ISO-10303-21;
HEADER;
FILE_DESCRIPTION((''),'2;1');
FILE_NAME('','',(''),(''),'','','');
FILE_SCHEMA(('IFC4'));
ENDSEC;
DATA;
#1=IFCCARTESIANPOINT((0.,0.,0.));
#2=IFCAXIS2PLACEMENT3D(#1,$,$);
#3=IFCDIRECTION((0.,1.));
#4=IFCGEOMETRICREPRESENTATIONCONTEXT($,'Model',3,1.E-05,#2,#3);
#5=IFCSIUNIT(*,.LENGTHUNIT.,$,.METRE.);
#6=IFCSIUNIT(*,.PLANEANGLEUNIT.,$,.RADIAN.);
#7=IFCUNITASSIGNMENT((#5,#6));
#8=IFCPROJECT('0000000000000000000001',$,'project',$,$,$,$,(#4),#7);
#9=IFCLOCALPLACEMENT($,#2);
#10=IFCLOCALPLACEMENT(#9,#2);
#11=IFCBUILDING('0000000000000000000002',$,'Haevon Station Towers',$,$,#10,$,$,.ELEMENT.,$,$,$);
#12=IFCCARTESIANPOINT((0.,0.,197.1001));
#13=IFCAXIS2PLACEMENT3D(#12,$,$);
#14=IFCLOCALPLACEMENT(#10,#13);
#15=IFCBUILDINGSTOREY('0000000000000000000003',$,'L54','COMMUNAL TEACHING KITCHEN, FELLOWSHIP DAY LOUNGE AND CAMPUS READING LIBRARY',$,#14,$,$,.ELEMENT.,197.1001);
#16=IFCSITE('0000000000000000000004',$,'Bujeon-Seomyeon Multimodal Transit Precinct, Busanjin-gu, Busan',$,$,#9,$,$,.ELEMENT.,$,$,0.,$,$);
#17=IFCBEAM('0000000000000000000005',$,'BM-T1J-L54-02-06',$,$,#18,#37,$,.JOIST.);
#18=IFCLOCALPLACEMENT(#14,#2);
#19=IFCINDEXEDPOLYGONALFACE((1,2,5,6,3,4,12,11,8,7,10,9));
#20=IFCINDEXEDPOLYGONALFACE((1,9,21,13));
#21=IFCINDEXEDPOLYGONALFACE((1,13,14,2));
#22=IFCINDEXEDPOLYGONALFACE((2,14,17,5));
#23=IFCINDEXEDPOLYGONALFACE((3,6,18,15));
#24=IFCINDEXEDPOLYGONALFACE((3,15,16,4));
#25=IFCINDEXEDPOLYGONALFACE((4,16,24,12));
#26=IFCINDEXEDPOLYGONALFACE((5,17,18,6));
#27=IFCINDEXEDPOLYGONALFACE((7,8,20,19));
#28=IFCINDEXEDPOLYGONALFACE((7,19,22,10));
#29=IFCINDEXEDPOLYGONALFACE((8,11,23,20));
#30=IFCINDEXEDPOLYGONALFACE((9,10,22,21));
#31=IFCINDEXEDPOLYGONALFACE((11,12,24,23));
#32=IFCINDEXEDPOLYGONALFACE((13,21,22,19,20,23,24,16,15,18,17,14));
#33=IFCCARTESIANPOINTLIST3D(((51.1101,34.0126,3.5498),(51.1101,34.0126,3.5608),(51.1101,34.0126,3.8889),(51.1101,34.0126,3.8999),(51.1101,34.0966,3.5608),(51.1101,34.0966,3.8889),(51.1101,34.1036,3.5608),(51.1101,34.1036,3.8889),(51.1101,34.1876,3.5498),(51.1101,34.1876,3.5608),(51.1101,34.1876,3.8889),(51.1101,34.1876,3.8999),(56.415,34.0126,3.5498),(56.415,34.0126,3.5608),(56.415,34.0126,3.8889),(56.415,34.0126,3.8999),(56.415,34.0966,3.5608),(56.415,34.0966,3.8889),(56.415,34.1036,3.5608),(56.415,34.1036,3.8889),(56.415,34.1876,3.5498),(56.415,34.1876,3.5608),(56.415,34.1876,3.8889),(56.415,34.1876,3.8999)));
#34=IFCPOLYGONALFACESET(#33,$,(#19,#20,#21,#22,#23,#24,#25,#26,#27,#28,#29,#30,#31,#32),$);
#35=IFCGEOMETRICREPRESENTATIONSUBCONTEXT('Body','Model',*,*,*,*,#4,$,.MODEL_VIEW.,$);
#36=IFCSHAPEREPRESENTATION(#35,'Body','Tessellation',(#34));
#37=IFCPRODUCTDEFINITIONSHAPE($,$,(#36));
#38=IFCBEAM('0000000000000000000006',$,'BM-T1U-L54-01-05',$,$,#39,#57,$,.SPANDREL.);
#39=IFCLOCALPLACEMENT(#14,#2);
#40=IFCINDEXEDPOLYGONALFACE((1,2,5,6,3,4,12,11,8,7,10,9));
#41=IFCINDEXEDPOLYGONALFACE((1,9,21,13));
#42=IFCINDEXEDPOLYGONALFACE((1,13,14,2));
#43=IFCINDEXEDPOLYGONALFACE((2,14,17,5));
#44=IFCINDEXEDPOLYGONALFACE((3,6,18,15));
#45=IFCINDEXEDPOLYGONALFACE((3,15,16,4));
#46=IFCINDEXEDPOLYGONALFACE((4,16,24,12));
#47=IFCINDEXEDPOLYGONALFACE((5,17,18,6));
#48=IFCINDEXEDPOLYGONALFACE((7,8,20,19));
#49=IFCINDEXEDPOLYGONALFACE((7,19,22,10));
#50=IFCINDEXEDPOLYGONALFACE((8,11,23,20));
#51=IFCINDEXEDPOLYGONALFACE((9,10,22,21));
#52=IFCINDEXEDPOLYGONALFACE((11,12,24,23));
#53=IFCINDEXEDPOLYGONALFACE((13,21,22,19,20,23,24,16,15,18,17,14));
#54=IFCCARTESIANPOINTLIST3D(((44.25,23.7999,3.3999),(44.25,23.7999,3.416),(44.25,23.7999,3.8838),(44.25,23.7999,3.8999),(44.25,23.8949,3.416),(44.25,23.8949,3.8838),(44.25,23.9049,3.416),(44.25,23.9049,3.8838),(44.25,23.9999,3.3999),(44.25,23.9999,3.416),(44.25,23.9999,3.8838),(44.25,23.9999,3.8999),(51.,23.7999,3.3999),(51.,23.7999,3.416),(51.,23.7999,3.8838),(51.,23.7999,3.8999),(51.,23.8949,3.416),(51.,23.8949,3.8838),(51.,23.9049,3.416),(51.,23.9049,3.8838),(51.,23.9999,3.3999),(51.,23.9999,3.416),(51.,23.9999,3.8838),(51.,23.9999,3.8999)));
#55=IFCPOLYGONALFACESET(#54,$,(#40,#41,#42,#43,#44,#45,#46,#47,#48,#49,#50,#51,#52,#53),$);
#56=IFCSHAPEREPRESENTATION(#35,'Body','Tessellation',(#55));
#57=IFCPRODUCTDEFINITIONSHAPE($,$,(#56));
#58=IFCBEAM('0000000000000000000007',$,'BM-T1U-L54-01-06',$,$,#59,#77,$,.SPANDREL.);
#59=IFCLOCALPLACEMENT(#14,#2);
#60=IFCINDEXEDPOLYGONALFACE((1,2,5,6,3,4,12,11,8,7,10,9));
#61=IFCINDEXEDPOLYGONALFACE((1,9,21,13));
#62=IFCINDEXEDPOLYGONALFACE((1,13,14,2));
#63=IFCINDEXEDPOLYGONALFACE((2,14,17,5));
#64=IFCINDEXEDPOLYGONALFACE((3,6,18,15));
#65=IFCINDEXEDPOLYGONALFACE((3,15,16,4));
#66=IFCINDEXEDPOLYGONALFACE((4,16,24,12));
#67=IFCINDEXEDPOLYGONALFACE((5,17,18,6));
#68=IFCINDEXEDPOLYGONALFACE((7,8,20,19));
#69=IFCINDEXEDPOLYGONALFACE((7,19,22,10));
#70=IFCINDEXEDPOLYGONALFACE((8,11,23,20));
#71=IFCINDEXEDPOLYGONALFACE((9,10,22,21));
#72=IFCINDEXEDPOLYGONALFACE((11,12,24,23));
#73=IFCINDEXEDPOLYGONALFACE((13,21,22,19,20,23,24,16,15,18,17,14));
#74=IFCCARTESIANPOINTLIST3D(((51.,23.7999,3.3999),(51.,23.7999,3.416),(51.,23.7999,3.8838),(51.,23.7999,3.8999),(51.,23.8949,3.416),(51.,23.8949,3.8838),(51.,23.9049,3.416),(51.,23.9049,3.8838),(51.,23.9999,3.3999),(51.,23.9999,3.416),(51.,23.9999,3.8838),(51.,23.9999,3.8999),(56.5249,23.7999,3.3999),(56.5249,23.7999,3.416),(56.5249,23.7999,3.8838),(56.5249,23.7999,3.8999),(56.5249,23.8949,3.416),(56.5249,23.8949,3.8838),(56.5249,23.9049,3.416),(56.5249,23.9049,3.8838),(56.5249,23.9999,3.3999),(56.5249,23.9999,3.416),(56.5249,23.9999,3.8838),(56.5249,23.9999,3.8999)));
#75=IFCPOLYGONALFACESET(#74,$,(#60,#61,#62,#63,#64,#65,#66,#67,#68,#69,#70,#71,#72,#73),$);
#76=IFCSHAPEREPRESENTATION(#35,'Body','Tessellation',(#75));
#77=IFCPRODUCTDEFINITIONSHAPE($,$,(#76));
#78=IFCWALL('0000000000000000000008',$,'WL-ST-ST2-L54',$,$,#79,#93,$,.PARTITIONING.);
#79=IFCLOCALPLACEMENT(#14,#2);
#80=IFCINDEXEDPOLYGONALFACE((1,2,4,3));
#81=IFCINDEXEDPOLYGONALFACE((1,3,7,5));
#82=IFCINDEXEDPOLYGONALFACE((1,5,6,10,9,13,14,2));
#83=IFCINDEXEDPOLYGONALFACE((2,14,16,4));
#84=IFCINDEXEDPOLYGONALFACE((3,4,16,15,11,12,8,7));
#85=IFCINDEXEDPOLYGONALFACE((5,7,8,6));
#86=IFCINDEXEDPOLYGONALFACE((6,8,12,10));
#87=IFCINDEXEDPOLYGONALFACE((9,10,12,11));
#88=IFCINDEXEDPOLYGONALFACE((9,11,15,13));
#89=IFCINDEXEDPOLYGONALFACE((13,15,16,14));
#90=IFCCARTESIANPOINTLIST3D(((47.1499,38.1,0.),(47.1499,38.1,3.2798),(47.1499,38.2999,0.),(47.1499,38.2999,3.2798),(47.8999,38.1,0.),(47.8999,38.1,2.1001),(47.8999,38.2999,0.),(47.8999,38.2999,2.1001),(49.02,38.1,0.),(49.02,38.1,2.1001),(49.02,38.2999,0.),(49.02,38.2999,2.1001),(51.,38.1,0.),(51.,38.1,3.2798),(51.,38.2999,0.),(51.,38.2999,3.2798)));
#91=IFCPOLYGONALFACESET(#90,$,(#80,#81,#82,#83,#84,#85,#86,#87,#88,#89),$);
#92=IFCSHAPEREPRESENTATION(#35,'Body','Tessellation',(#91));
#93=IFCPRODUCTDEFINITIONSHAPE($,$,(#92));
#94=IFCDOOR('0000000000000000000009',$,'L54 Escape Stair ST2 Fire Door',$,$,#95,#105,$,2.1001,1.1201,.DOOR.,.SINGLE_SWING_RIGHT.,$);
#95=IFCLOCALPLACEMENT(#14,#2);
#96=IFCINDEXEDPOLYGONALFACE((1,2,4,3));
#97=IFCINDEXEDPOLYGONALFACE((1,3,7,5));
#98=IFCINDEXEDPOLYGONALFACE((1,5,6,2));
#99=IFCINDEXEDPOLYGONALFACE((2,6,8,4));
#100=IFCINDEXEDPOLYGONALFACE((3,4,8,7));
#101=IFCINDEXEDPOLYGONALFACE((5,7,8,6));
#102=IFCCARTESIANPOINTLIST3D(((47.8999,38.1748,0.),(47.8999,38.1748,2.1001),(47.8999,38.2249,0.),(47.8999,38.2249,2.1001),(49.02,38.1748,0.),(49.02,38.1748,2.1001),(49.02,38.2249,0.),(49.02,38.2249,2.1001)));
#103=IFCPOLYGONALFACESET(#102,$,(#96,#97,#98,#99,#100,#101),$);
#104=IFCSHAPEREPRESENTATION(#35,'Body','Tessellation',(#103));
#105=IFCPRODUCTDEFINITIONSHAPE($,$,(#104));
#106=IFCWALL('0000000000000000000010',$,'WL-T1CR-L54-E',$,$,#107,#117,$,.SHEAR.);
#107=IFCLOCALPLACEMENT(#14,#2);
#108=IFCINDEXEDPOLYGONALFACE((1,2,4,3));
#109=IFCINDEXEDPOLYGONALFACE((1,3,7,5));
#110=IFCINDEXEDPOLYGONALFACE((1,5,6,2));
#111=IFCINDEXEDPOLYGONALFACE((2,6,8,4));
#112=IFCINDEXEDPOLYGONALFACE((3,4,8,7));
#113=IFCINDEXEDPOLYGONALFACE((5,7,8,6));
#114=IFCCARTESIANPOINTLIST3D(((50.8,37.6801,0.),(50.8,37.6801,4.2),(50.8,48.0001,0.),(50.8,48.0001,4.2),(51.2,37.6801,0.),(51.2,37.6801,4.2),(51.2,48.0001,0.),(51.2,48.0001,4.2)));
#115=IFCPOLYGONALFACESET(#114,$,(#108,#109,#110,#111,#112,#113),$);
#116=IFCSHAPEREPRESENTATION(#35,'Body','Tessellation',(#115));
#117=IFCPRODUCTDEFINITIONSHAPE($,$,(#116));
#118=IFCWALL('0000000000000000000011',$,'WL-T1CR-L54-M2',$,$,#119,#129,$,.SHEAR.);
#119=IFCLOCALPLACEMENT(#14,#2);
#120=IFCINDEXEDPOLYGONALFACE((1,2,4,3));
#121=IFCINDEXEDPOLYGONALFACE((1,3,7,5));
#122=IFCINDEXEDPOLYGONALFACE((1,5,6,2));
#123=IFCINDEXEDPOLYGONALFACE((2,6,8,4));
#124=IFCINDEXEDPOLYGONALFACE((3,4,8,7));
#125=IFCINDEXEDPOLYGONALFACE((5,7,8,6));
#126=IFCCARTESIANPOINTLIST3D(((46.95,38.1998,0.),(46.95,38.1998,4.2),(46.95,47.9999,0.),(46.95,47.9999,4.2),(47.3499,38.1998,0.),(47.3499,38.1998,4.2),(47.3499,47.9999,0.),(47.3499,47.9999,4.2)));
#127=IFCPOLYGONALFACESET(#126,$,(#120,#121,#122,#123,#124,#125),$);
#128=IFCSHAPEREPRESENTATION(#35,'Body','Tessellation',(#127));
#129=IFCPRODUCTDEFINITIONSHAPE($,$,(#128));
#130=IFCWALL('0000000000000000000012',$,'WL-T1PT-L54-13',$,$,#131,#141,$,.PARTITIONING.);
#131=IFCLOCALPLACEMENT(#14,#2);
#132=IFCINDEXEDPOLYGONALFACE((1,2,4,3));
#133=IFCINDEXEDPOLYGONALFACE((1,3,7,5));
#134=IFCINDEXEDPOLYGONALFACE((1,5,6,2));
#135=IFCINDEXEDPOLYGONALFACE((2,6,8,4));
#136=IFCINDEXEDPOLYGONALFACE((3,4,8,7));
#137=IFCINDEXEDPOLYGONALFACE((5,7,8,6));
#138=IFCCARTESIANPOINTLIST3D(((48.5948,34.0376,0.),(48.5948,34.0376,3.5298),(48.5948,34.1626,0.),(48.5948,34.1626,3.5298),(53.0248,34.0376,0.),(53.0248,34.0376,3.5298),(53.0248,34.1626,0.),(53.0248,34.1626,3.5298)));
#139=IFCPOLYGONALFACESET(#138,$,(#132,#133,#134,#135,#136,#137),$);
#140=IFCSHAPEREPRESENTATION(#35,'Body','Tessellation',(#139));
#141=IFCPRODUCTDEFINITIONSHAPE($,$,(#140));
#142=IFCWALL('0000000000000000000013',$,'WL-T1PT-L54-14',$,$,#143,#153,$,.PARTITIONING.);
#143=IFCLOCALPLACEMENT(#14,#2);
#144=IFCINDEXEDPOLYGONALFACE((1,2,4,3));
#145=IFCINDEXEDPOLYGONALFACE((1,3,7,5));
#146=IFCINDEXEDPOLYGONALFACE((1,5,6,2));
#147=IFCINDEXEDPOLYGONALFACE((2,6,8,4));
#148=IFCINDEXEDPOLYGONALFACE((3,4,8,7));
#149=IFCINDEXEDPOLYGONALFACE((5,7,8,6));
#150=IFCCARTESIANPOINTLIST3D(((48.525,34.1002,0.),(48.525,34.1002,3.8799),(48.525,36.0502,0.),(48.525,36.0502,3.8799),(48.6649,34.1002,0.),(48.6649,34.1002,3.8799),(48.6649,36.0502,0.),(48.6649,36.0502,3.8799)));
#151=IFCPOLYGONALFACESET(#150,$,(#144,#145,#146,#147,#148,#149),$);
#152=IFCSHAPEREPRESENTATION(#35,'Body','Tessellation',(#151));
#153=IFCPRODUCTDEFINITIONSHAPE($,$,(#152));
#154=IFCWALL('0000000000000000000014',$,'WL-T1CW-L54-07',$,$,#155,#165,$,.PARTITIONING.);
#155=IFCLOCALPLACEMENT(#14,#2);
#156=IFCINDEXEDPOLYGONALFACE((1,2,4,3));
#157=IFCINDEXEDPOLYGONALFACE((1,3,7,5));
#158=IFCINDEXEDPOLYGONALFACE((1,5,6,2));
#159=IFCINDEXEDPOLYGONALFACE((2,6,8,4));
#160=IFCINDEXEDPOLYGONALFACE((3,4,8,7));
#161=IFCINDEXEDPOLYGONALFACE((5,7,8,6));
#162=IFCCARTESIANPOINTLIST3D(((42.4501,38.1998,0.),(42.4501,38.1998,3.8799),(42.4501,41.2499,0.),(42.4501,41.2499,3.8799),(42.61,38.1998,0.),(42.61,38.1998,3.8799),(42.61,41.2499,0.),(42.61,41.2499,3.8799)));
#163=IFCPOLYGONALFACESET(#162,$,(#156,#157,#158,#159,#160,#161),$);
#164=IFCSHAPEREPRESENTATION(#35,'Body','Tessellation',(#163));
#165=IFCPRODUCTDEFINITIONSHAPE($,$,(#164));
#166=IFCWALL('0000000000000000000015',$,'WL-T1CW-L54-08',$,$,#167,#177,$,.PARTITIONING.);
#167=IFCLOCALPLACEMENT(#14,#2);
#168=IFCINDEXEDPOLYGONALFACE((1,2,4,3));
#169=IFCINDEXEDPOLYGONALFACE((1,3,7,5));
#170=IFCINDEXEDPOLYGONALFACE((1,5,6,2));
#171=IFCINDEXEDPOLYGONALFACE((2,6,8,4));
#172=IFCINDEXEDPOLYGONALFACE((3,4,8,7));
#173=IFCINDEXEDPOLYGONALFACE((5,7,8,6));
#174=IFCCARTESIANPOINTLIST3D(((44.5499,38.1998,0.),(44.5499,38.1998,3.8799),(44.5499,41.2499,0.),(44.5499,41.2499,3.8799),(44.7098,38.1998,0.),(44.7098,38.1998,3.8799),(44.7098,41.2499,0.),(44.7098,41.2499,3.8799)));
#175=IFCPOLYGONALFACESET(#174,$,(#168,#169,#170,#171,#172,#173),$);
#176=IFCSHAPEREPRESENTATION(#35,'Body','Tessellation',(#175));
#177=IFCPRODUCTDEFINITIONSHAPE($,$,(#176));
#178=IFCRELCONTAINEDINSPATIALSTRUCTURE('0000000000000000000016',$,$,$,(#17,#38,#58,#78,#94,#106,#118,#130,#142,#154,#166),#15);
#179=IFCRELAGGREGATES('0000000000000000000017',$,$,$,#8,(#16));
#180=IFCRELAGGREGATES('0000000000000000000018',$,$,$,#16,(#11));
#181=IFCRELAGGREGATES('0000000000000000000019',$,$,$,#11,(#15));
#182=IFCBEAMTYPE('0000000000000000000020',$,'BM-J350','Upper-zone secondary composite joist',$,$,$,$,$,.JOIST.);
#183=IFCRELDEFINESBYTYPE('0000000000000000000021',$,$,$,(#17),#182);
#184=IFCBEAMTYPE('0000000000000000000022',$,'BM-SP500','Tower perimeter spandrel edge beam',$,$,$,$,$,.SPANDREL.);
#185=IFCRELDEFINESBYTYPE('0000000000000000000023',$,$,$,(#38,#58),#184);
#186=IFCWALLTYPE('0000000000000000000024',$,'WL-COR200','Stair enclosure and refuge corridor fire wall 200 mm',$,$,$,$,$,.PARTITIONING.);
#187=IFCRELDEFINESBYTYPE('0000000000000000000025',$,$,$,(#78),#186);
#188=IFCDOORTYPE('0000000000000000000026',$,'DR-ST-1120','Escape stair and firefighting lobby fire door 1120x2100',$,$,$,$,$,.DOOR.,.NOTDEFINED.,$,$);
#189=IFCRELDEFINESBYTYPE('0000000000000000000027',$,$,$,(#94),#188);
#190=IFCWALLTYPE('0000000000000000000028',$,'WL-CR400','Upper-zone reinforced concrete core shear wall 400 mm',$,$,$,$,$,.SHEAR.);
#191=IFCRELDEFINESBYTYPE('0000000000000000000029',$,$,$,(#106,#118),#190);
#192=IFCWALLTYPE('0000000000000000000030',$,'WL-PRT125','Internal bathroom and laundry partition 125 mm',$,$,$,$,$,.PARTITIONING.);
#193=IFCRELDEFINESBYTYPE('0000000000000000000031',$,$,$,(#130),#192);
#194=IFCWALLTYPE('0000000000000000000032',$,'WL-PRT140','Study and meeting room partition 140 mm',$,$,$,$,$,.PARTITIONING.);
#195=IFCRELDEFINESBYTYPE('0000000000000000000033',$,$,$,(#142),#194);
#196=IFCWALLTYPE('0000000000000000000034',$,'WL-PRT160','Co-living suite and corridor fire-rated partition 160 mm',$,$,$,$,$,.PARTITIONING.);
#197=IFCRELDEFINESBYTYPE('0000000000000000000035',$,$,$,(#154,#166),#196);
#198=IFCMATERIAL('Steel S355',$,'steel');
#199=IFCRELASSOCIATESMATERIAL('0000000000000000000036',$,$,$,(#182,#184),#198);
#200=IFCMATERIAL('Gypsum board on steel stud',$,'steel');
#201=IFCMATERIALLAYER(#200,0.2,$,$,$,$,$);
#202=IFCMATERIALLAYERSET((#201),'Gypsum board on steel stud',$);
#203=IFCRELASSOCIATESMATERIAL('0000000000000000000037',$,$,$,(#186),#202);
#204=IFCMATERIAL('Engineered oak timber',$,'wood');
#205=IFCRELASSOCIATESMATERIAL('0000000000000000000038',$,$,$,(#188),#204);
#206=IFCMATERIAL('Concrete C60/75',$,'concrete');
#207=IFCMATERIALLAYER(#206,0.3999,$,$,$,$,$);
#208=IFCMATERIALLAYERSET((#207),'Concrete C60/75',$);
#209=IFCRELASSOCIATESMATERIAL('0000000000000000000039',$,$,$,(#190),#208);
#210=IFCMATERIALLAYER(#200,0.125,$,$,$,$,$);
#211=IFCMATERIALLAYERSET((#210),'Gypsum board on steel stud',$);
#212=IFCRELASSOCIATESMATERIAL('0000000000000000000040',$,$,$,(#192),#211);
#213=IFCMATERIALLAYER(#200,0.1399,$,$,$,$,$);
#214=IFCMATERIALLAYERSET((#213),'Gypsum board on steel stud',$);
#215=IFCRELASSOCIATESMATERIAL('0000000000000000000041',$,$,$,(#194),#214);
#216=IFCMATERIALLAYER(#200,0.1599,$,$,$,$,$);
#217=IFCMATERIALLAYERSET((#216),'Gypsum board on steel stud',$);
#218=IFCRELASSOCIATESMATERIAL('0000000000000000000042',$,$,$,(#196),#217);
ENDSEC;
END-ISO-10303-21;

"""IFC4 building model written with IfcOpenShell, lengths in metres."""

from ifc_helpers import new_model, si_unit, direction, frame, frame_2d, origin, origin_2d, place, context, subcontext, project, spatial, rectangle, i_section, extrude, material, layer, layer_set, material_profile, profile_set, type_object, element, fill, save


model = new_model("IFC4")

# Units and contexts
model_context = context("Model", 3, precision=1e-05, world=origin(), true_north=direction((0.0, 1.0)))
body_context = subcontext(model_context, "Body", "Model", "MODEL_VIEW")
ifc_project = project(units=[si_unit("LENGTHUNIT", "METRE"), si_unit("PLANEANGLEUNIT", "RADIAN")], contexts=[model_context])

# Site, building, storey
site_placement = place(None, origin())
site = spatial("IfcSite", under=ifc_project, at=site_placement, Name="Bujeon-Seomyeon Multimodal Transit Precinct, Busanjin-gu, Busan", CompositionType="ELEMENT", RefElevation=0.0)
building_placement = place(site_placement, origin())
building = spatial("IfcBuilding", under=site, at=building_placement, Name="Haevon Station Towers", CompositionType="ELEMENT")
storey_placement = place(building_placement, frame((0.0, 0.0, 197.1001)))
storey = spatial("IfcBuildingStorey", under=building, at=storey_placement, Name="L54", Description="COMMUNAL TEACHING KITCHEN, FELLOWSHIP DAY LOUNGE AND CAMPUS READING LIBRARY", CompositionType="ELEMENT", Elevation=197.1001)

# Shared definitions
ifc_material_1 = material(Name="Steel S355", Category="steel")

# Beams
ifc_material_profile_1 = material_profile(ifc_material_1, i_section(OverallWidth=0.175, OverallDepth=0.3501, WebThickness=0.0071, FlangeThickness=0.011, at=origin_2d()), Name="H-350x175x7x11")
ifc_profile_set_1 = profile_set([ifc_material_profile_1], Name="Steel S355")
beam_type_1 = type_object("IfcBeamType", Name="BM-J350", Description="Upper-zone secondary composite joist", PredefinedType="JOIST", material=ifc_profile_set_1)
beam_1_placement = place(storey_placement, frame((51.1101, 34.1001, 3.7249), z_axis=(1.0, 0.0, 0.0), x_axis=(0.0, 1.0, 0.0)))
element("IfcBeam", 1, at=beam_1_placement, inside=storey, type_object=beam_type_1, Name="BM-T1J-L54-02-06", PredefinedType="JOIST", context=body_context, shape_type="SweptSolid", body=[
    extrude(i_section(OverallWidth=0.175, OverallDepth=0.3501, WebThickness=0.0071, FlangeThickness=0.011, at=origin_2d()), origin(), (0.0, 0.0, 1.0), 5.3049),
])
ifc_material_profile_2 = material_profile(ifc_material_1, i_section(OverallWidth=0.2, OverallDepth=0.5, WebThickness=0.01, FlangeThickness=0.0161, at=origin_2d()), Name="H-500x200x10x16")
ifc_profile_set_2 = profile_set([ifc_material_profile_2], Name="Steel S355")
beam_type_2 = type_object("IfcBeamType", Name="BM-SP500", Description="Tower perimeter spandrel edge beam", PredefinedType="SPANDREL", material=ifc_profile_set_2)
beam_2_placement = place(storey_placement, frame((44.25, 23.8999, 3.6499), z_axis=(1.0, 0.0, 0.0), x_axis=(0.0, 1.0, 0.0)))
element("IfcBeam", 2, at=beam_2_placement, inside=storey, type_object=beam_type_2, Name="BM-T1U-L54-01-05", PredefinedType="SPANDREL", context=body_context, shape_type="SweptSolid", body=[
    extrude(i_section(OverallWidth=0.2, OverallDepth=0.5, WebThickness=0.01, FlangeThickness=0.0161, at=origin_2d()), origin(), (0.0, 0.0, 1.0), 6.75),
])
beam_3_placement = place(storey_placement, frame((51.0, 23.8999, 3.6499), z_axis=(1.0, 0.0, 0.0), x_axis=(0.0, 1.0, 0.0)))
element("IfcBeam", 3, at=beam_3_placement, inside=storey, type_object=beam_type_2, Name="BM-T1U-L54-01-06", PredefinedType="SPANDREL", context=body_context, shape_type="SweptSolid", body=[
    extrude(i_section(OverallWidth=0.2, OverallDepth=0.5, WebThickness=0.01, FlangeThickness=0.0161, at=origin_2d()), origin(), (0.0, 0.0, 1.0), 5.5249),
])

# Wall, opening, door
ifc_material_2 = material(Name="Gypsum board on steel stud", Category="steel")
ifc_layer_1 = layer(ifc_material_2, 0.2)
ifc_layer_set_1 = layer_set([ifc_layer_1], Name="Gypsum board on steel stud")
wall_type_1 = type_object("IfcWallType", Name="WL-COR200", Description="Stair enclosure and refuge corridor fire wall 200 mm", PredefinedType="PARTITIONING", material=ifc_layer_set_1)
wall_1_placement = place(storey_placement, frame((47.1499, 38.2, 0.0), z_axis=(0.0, 0.0, 1.0), x_axis=(1.0, 0.0, 0.0)))
wall_1 = element("IfcWall", 4, at=wall_1_placement, inside=storey, type_object=wall_type_1, Name="WL-ST-ST2-L54", PredefinedType="PARTITIONING", context=body_context, shape_type="SweptSolid", body=[
    extrude(rectangle(XDim=3.8501, YDim=0.2, at=frame_2d((1.925, 0.0))), origin(), (0.0, 0.0, 1.0), 3.2798),
])
opening_1_placement = place(wall_1_placement, frame((0.75, 0.0, 0.0)))
opening_1 = element("IfcOpeningElement", 5, at=opening_1_placement, cuts=wall_1, PredefinedType="OPENING", context=body_context, shape_type="SweptSolid", body=[
    extrude(rectangle(XDim=1.1201, YDim=2.1001, at=frame_2d((0.5601, 1.05))), frame((0.0, 0.1099, 0.0), z_axis=(0.0, -1.0, 0.0), x_axis=(1.0, 0.0, 0.0)), (0.0, 0.0, 1.0), 0.22),
])
ifc_material_3 = material(Name="Engineered oak timber", Category="wood")
door_type_1 = type_object("IfcDoorType", Name="DR-ST-1120", Description="Escape stair and firefighting lobby fire door 1120x2100", OperationType="NOTDEFINED", PredefinedType="DOOR", material=ifc_material_3)
door_1_placement = place(opening_1_placement, origin())
door_1 = element("IfcDoor", 6, at=door_1_placement, inside=storey, type_object=door_type_1, Name="L54 Escape Stair ST2 Fire Door", OperationType="SINGLE_SWING_RIGHT", OverallHeight=2.1001, OverallWidth=1.1201, PredefinedType="DOOR", context=body_context, shape_type="SweptSolid", body=[
    extrude(rectangle(XDim=1.1201, YDim=2.1001, at=frame_2d((0.5601, 1.05))), frame((0.0, 0.0249, 0.0), z_axis=(0.0, -1.0, 0.0), x_axis=(1.0, 0.0, 0.0)), (0.0, 0.0, 1.0), 0.05),
])
fill(opening_1, door_1)

# Walls
ifc_material_4 = material(Name="Concrete C60/75", Category="concrete")
ifc_layer_2 = layer(ifc_material_4, 0.3999)
ifc_layer_set_2 = layer_set([ifc_layer_2], Name="Concrete C60/75")
wall_type_2 = type_object("IfcWallType", Name="WL-CR400", Description="Upper-zone reinforced concrete core shear wall 400 mm", PredefinedType="SHEAR", material=ifc_layer_set_2)
wall_2_placement = place(storey_placement, frame((51.0, 37.6799, 0.0), z_axis=(0.0, 0.0, 1.0), x_axis=(0.0, 1.0, 0.0)))
element("IfcWall", 7, at=wall_2_placement, inside=storey, type_object=wall_type_2, Name="WL-T1CR-L54-E", PredefinedType="SHEAR", context=body_context, shape_type="SweptSolid", body=[
    extrude(rectangle(XDim=10.3201, YDim=0.3999, at=frame_2d((5.1602, 0.0))), origin(), (0.0, 0.0, 1.0), 4.2),
])
wall_3_placement = place(storey_placement, frame((47.1499, 38.2, 0.0), z_axis=(0.0, 0.0, 1.0), x_axis=(0.0, 1.0, 0.0)))
element("IfcWall", 8, at=wall_3_placement, inside=storey, type_object=wall_type_2, Name="WL-T1CR-L54-M2", PredefinedType="SHEAR", context=body_context, shape_type="SweptSolid", body=[
    extrude(rectangle(XDim=9.8, YDim=0.3999, at=frame_2d((4.8999, 0.0))), origin(), (0.0, 0.0, 1.0), 4.2),
])
ifc_layer_3 = layer(ifc_material_2, 0.125)
ifc_layer_set_3 = layer_set([ifc_layer_3], Name="Gypsum board on steel stud")
wall_type_3 = type_object("IfcWallType", Name="WL-PRT125", Description="Internal bathroom and laundry partition 125 mm", PredefinedType="PARTITIONING", material=ifc_layer_set_3)
wall_4_placement = place(storey_placement, frame((48.595, 34.1001, 0.0), z_axis=(0.0, 0.0, 1.0), x_axis=(1.0, 0.0, 0.0)))
element("IfcWall", 9, at=wall_4_placement, inside=storey, type_object=wall_type_3, Name="WL-T1PT-L54-13", PredefinedType="PARTITIONING", context=body_context, shape_type="SweptSolid", body=[
    extrude(rectangle(XDim=4.4299, YDim=0.125, at=frame_2d((2.2148, 0.0))), origin(), (0.0, 0.0, 1.0), 3.5298),
])
ifc_layer_4 = layer(ifc_material_2, 0.1399)
ifc_layer_set_4 = layer_set([ifc_layer_4], Name="Gypsum board on steel stud")
wall_type_4 = type_object("IfcWallType", Name="WL-PRT140", Description="Study and meeting room partition 140 mm", PredefinedType="PARTITIONING", material=ifc_layer_set_4)
wall_5_placement = place(storey_placement, frame((48.595, 34.1001, 0.0), z_axis=(0.0, 0.0, 1.0), x_axis=(0.0, 1.0, 0.0)))
element("IfcWall", 10, at=wall_5_placement, inside=storey, type_object=wall_type_4, Name="WL-T1PT-L54-14", PredefinedType="PARTITIONING", context=body_context, shape_type="SweptSolid", body=[
    extrude(rectangle(XDim=1.95, YDim=0.1399, at=frame_2d((0.9751, 0.0))), origin(), (0.0, 0.0, 1.0), 3.8799),
])
ifc_layer_5 = layer(ifc_material_2, 0.1599)
ifc_layer_set_5 = layer_set([ifc_layer_5], Name="Gypsum board on steel stud")
wall_type_5 = type_object("IfcWallType", Name="WL-PRT160", Description="Co-living suite and corridor fire-rated partition 160 mm", PredefinedType="PARTITIONING", material=ifc_layer_set_5)
for number, where, z_axis, x_axis, name in (
    (11, (42.53, 38.2, 0.0), (0.0, 0.0, 1.0), (0.0, 1.0, 0.0), "WL-T1CW-L54-07"),
    (12, (44.6299, 38.2, 0.0), (0.0, 0.0, 1.0), (0.0, 1.0, 0.0), "WL-T1CW-L54-08"),
):
    element("IfcWall", number, at=place(storey_placement, frame(where, z_axis=z_axis, x_axis=x_axis)), inside=storey, type_object=wall_type_5, Name=name, PredefinedType="PARTITIONING", context=body_context, shape_type="SweptSolid", body=[
        extrude(rectangle(XDim=3.05, YDim=0.1599, at=frame_2d((1.5249, 0.0))), origin(), (0.0, 0.0, 1.0), 3.8799),
    ])

save(model, "model.ifc")
